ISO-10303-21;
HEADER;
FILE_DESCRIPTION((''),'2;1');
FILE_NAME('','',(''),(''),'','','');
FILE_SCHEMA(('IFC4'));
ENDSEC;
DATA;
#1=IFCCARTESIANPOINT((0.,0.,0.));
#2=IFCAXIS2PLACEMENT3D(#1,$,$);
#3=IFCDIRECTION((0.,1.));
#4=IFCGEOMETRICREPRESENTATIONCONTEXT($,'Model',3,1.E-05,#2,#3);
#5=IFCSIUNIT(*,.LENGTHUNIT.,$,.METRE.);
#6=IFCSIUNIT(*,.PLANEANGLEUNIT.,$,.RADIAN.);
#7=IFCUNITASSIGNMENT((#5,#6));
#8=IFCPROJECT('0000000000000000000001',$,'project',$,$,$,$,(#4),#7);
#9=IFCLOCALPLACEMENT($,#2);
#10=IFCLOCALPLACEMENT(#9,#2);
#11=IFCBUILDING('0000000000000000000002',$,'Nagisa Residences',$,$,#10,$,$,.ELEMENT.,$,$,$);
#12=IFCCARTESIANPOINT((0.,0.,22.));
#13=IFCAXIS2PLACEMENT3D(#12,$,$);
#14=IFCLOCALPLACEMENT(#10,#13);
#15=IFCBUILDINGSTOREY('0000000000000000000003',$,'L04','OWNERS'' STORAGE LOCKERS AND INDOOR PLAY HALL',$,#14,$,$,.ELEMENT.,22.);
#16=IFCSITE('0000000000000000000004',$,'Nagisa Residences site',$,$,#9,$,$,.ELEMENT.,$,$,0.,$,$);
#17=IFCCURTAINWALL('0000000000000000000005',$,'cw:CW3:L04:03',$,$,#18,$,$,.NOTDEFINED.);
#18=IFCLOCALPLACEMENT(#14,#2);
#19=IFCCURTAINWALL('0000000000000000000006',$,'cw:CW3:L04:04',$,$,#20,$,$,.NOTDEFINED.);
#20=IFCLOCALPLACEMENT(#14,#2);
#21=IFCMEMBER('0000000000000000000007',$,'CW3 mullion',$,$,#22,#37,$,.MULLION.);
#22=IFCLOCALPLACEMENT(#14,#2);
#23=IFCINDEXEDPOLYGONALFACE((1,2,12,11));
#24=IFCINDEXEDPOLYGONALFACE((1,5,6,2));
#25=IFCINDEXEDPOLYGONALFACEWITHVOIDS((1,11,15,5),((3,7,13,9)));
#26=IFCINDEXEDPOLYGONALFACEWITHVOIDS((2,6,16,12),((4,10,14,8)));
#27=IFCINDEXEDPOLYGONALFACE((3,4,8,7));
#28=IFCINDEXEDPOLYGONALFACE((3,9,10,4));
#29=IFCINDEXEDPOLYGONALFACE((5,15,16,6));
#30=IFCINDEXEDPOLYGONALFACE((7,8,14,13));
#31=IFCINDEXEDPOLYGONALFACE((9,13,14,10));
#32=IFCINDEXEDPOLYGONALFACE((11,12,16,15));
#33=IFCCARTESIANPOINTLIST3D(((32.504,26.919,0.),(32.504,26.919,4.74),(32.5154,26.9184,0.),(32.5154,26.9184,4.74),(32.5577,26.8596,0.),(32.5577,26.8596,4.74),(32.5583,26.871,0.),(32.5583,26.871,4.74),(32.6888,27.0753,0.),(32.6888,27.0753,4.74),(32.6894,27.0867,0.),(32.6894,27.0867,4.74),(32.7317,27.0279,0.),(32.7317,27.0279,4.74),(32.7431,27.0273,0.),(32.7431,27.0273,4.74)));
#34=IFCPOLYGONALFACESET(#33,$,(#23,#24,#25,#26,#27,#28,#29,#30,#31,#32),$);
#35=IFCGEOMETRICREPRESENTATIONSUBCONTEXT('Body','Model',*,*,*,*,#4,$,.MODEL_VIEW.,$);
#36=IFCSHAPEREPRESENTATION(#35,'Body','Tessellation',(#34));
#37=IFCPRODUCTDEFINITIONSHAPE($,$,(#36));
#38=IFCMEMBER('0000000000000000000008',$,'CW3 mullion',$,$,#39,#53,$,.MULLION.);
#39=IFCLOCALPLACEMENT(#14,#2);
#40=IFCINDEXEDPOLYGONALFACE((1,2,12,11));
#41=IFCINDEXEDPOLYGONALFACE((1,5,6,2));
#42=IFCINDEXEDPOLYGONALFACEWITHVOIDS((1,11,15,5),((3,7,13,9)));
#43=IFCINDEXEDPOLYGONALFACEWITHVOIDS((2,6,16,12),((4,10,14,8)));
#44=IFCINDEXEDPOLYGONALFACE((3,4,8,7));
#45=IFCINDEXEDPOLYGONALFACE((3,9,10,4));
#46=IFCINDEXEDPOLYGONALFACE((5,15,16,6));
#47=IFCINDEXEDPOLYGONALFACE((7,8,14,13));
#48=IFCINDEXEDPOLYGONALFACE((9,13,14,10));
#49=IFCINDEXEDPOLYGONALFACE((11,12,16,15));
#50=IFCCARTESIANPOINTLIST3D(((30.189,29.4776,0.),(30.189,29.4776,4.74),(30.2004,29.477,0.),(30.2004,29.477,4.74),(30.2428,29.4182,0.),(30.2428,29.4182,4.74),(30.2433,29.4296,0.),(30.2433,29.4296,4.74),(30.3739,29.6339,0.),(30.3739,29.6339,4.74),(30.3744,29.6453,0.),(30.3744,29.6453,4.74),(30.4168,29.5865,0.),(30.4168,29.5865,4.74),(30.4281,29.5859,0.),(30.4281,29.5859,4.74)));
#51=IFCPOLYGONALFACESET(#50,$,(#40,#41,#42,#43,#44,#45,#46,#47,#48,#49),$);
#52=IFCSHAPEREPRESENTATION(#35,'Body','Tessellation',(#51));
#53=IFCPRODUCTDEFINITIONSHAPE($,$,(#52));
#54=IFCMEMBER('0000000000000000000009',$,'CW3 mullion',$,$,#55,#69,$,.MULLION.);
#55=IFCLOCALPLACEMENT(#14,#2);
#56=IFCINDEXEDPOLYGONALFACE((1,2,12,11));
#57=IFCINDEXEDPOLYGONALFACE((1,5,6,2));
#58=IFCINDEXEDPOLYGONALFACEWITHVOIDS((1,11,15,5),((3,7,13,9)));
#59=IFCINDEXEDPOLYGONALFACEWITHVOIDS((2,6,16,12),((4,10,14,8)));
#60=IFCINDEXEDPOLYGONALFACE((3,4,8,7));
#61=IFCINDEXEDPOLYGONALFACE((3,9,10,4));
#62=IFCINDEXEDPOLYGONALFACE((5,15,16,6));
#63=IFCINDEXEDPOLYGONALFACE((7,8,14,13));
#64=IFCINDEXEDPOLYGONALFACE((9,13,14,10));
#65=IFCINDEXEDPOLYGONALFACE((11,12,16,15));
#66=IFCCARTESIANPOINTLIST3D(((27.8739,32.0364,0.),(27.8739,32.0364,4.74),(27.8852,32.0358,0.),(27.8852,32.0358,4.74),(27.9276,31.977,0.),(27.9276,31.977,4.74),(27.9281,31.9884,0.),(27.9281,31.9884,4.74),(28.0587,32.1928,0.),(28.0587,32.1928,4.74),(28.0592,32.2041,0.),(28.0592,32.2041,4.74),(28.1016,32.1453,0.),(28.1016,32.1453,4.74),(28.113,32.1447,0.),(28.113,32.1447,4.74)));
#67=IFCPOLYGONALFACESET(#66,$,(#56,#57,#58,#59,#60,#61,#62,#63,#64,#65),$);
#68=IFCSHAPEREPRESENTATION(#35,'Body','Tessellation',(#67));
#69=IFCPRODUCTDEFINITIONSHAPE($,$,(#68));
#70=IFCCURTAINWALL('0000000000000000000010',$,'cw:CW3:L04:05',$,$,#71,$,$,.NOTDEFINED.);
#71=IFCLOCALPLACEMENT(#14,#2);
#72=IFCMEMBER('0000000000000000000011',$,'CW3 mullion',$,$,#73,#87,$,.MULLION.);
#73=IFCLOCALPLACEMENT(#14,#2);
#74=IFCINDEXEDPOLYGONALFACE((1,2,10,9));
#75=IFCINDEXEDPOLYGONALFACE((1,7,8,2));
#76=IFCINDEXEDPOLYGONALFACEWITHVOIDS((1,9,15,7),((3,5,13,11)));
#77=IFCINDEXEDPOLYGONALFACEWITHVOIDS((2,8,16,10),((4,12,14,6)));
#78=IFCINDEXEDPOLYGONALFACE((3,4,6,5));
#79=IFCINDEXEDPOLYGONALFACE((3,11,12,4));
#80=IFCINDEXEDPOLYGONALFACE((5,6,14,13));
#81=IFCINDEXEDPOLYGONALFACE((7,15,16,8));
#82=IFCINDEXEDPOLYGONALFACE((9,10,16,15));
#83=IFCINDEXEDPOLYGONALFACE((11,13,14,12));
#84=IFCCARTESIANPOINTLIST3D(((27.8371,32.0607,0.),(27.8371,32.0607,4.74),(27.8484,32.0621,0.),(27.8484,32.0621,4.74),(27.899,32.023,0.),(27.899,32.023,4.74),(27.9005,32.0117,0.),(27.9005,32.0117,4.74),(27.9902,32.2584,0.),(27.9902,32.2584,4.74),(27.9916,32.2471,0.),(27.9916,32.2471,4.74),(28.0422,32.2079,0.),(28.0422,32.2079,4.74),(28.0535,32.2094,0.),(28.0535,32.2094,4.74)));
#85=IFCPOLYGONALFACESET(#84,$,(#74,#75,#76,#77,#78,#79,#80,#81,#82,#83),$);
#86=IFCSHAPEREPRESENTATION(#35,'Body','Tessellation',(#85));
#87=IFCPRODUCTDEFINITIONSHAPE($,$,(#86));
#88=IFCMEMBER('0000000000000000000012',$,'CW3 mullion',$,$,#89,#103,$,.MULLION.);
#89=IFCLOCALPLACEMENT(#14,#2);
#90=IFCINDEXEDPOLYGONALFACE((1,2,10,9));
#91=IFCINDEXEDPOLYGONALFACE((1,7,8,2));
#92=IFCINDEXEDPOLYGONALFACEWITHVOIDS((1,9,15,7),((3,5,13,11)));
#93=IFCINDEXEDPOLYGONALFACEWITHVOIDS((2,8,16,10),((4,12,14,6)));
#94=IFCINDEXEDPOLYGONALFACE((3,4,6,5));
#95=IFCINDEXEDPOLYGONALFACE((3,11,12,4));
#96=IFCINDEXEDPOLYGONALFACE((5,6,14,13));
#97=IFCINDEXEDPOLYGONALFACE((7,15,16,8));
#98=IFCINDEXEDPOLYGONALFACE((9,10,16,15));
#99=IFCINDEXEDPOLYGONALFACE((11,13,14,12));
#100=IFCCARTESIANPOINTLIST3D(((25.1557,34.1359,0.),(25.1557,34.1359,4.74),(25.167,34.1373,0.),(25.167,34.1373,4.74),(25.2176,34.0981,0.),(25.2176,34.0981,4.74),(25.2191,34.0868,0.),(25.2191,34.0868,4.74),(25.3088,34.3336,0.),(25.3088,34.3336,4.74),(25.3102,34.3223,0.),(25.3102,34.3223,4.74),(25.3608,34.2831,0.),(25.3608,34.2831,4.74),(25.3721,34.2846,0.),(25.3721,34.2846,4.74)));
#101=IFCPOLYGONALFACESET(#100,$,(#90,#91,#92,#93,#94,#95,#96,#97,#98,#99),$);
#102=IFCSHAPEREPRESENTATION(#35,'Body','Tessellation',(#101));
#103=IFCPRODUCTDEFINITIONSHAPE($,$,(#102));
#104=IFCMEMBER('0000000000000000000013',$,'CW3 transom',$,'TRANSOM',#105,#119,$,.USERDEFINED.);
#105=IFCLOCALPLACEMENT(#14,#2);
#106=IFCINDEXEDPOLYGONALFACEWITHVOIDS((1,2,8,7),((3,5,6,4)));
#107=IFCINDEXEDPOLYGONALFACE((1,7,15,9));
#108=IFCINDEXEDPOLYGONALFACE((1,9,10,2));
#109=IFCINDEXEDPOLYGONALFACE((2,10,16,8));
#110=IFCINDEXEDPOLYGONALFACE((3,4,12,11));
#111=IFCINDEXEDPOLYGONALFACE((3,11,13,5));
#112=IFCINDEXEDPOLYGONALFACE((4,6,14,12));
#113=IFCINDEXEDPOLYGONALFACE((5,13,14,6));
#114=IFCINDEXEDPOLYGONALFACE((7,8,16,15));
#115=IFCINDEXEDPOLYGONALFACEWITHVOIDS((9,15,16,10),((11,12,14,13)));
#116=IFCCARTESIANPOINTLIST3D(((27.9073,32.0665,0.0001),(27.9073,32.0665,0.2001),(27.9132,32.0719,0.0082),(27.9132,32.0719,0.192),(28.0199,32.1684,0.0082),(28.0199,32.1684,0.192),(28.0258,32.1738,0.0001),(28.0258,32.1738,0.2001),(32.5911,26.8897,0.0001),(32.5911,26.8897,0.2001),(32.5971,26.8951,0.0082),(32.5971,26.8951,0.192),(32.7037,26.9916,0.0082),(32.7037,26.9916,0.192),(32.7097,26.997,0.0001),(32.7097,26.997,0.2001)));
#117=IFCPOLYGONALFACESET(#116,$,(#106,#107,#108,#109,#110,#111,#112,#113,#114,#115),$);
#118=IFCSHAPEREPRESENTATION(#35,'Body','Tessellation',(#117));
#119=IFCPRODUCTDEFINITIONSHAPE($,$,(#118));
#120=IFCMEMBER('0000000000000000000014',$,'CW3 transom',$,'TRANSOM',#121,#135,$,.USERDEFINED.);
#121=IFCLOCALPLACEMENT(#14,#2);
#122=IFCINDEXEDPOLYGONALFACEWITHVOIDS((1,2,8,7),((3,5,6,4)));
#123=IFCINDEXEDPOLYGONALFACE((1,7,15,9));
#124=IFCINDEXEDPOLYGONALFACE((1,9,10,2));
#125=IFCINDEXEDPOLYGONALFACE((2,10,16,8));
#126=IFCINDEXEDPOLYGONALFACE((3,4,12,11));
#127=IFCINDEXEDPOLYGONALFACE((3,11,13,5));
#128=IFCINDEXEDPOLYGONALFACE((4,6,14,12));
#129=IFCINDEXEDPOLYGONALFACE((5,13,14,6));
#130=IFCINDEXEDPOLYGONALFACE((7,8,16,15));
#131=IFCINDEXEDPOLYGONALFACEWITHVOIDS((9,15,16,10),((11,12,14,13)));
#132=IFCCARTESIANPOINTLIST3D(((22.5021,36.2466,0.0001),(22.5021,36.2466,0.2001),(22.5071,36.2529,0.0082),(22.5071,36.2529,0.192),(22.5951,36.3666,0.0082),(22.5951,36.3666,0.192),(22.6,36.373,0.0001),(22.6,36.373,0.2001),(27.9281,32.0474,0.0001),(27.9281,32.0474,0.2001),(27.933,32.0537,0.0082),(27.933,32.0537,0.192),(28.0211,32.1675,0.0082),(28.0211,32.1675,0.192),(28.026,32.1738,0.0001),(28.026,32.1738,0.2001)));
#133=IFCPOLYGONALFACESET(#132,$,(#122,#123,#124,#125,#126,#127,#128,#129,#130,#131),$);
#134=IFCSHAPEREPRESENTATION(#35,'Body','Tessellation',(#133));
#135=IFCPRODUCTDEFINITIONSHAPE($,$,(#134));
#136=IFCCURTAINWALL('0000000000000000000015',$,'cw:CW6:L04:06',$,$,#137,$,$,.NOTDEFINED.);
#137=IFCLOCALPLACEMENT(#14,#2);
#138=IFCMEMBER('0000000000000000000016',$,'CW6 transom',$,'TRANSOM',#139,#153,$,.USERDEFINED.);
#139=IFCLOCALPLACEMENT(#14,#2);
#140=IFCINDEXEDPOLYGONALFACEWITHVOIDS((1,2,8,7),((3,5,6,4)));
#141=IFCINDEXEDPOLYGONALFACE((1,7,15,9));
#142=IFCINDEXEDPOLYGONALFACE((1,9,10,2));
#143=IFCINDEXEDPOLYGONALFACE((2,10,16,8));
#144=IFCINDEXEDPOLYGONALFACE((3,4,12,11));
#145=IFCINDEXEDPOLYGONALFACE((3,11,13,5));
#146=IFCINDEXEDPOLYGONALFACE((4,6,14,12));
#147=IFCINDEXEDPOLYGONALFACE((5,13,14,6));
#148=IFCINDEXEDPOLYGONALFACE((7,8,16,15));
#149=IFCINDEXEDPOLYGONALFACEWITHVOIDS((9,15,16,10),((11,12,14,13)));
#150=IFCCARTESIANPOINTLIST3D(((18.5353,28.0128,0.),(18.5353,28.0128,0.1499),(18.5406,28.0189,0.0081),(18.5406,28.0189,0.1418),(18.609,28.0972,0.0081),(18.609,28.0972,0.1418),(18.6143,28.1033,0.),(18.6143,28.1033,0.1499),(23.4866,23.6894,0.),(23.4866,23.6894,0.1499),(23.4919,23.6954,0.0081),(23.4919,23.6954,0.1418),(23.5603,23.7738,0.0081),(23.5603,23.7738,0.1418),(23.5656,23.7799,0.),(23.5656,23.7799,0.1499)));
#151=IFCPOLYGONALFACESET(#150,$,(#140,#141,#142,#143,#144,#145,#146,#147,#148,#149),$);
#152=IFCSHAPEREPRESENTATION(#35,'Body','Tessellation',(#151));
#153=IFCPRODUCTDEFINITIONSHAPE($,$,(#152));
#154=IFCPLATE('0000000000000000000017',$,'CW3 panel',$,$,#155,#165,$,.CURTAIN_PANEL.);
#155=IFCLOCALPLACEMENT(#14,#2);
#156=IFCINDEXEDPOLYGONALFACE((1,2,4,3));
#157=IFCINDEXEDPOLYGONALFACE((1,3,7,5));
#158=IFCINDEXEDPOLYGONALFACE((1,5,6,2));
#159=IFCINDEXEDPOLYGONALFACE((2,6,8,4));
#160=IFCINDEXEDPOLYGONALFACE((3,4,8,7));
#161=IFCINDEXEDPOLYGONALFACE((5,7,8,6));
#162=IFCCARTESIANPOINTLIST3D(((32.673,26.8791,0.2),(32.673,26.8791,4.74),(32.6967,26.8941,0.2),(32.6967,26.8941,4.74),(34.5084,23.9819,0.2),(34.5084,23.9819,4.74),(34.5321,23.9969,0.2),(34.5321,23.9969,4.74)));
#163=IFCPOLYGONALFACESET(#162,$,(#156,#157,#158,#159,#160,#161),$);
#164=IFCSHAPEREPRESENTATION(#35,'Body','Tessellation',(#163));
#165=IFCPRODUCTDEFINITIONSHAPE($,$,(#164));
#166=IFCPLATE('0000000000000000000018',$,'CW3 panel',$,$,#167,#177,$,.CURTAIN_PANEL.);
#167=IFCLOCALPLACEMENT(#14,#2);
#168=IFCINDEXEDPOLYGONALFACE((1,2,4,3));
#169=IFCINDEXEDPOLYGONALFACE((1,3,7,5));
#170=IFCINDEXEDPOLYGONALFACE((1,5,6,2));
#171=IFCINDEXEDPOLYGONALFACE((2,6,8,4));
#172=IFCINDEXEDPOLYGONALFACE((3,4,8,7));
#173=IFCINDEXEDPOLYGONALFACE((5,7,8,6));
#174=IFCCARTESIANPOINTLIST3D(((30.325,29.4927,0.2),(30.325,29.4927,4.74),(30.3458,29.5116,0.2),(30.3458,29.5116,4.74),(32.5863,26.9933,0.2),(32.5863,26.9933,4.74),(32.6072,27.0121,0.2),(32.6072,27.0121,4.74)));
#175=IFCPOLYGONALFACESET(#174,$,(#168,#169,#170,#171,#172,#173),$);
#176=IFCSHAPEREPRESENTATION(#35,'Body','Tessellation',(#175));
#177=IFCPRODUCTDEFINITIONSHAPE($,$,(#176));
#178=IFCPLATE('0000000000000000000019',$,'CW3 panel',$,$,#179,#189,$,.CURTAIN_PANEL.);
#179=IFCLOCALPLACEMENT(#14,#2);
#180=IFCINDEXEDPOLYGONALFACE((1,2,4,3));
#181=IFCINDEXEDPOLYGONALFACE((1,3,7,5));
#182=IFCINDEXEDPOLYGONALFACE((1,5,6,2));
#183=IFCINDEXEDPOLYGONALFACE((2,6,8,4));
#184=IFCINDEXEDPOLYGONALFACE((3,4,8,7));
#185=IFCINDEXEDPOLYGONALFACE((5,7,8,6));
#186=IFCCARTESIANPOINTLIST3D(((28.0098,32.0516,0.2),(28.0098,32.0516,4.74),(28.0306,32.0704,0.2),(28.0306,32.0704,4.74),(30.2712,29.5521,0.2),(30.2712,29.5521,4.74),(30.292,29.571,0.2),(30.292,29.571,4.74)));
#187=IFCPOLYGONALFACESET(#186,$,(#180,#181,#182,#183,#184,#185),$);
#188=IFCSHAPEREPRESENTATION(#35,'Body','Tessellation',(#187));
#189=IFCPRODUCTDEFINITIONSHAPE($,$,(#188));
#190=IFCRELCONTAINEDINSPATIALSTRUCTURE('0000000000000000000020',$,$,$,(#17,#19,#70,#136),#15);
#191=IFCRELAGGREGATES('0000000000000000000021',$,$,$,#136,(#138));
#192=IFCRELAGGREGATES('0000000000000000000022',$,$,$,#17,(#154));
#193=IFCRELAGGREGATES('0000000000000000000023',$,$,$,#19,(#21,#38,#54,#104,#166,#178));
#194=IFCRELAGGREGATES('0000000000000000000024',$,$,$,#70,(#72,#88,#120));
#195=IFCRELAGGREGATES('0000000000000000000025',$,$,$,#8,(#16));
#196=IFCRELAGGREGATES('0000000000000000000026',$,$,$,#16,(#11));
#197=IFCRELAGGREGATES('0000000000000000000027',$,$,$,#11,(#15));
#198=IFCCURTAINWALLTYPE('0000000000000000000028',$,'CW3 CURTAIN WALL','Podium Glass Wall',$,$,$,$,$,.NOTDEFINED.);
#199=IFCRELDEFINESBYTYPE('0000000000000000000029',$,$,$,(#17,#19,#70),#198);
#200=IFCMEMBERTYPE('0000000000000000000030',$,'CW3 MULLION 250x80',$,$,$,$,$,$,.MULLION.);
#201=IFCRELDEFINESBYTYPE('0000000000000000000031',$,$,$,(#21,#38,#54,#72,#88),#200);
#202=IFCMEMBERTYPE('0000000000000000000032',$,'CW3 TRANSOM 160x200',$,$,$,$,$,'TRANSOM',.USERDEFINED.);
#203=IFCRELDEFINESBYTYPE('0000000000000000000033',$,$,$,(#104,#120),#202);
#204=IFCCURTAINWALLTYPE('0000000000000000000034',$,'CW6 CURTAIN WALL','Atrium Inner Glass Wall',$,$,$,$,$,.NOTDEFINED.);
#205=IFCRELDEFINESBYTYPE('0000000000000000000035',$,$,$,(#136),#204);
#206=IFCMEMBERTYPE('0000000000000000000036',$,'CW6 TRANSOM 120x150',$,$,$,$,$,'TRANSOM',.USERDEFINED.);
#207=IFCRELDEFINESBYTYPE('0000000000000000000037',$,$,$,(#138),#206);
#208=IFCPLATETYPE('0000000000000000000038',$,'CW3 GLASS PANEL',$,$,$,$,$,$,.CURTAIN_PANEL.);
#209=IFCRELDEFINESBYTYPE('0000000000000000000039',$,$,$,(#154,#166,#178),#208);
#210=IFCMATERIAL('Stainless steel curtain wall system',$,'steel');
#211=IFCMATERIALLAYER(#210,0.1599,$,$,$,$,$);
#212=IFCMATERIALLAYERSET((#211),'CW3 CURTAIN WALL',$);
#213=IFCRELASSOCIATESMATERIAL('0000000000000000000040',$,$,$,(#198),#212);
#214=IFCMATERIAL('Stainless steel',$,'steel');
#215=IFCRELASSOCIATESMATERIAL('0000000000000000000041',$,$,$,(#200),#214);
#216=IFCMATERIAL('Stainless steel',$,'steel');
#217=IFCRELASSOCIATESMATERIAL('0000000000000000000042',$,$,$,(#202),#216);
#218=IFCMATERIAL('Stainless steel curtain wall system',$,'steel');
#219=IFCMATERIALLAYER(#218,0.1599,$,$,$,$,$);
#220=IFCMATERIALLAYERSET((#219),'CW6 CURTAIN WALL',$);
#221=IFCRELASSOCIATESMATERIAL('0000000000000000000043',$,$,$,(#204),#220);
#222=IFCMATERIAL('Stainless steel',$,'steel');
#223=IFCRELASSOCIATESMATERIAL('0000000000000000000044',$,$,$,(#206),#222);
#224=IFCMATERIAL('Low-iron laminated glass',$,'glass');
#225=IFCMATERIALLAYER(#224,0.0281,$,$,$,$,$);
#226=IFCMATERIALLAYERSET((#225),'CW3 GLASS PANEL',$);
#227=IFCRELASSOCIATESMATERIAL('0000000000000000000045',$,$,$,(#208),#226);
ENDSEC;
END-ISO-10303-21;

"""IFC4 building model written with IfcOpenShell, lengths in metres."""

from ifc_helpers import new_model, si_unit, direction, frame, origin, origin_2d, place, context, subcontext, project, spatial, rectangle, hollow_rectangle, extrude, material, layer, layer_set, material_profile, profile_set, type_object, element, aggregate, save


model = new_model("IFC4")

# Units and contexts
model_context = context("Model", 3, precision=1e-05, world=origin(), true_north=direction((0.0, 1.0)))
body_context = subcontext(model_context, "Body", "Model", "MODEL_VIEW")
ifc_project = project(units=[si_unit("LENGTHUNIT", "METRE"), si_unit("PLANEANGLEUNIT", "RADIAN")], contexts=[model_context])

# Site, building, storey
site_placement = place(None, origin())
site = spatial("IfcSite", under=ifc_project, at=site_placement, Name="Nagisa Residences site", CompositionType="ELEMENT", RefElevation=0.0)
building_placement = place(site_placement, origin())
building = spatial("IfcBuilding", under=site, at=building_placement, Name="Nagisa Residences", CompositionType="ELEMENT")
storey_placement = place(building_placement, frame((0.0, 0.0, 22.0)))
storey = spatial("IfcBuildingStorey", under=building, at=storey_placement, Name="L04", Description="OWNERS' STORAGE LOCKERS AND INDOOR PLAY HALL", CompositionType="ELEMENT", Elevation=22.0)

# Curtain walls, members
ifc_material_1 = material(Name="Stainless steel curtain wall system", Category="steel")
ifc_layer_1 = layer(ifc_material_1, 0.1599)
ifc_layer_set_1 = layer_set([ifc_layer_1], Name="CW3 CURTAIN WALL")
curtain_wall_type_1 = type_object("IfcCurtainWallType", Name="CW3 CURTAIN WALL", Description="Podium Glass Wall", PredefinedType="NOTDEFINED", material=ifc_layer_set_1)
curtain_wall_1_placement = place(storey_placement, origin())
curtain_wall_1 = element("IfcCurtainWall", 1, at=curtain_wall_1_placement, inside=storey, type_object=curtain_wall_type_1, Name="cw:CW3:L04:03", PredefinedType="NOTDEFINED")
ifc_material_2 = material(Name="Stainless steel", Category="steel")
ifc_material_profile_1 = material_profile(ifc_material_2, hollow_rectangle(XDim=0.25, YDim=0.0801, WallThickness=0.0081, at=origin_2d()), Name="CW3 MULLION 250x80")
ifc_profile_set_1 = profile_set([ifc_material_profile_1], Name="Stainless steel")
member_type_1 = type_object("IfcMemberType", Name="CW3 MULLION 250x80", PredefinedType="MULLION", material=ifc_profile_set_1)
curtain_wall_2_placement = place(storey_placement, origin())
curtain_wall_2 = element("IfcCurtainWall", 2, at=curtain_wall_2_placement, inside=storey, type_object=curtain_wall_type_1, Name="cw:CW3:L04:04", PredefinedType="NOTDEFINED")
member_1_placement = place(storey_placement, frame((32.6235, 26.9731, 0.0), z_axis=(0.0, 0.0, 1.0), x_axis=(-0.741536, -0.670913, 0.0)))
member_1 = element("IfcMember", 3, at=member_1_placement, type_object=member_type_1, Name="CW3 mullion", PredefinedType="MULLION", context=body_context, shape_type="SweptSolid", body=[
    extrude(hollow_rectangle(XDim=0.25, YDim=0.0801, WallThickness=0.0081, at=origin_2d()), origin(), (0.0, 0.0, 1.0), 4.74),
])
member_2_placement = place(storey_placement, frame((30.3086, 29.5317, 0.0), z_axis=(0.0, 0.0, 1.0), x_axis=(-0.741536, -0.670913, 0.0)))
member_2 = element("IfcMember", 4, at=member_2_placement, type_object=member_type_1, Name="CW3 mullion", PredefinedType="MULLION", context=body_context, shape_type="SweptSolid", body=[
    extrude(hollow_rectangle(XDim=0.25, YDim=0.0801, WallThickness=0.0081, at=origin_2d()), origin(), (0.0, 0.0, 1.0), 4.74),
])
member_3_placement = place(storey_placement, frame((27.9934, 32.0906, 0.0), z_axis=(0.0, 0.0, 1.0), x_axis=(-0.741536, -0.670913, 0.0)))
member_3 = element("IfcMember", 5, at=member_3_placement, type_object=member_type_1, Name="CW3 mullion", PredefinedType="MULLION", context=body_context, shape_type="SweptSolid", body=[
    extrude(hollow_rectangle(XDim=0.25, YDim=0.0801, WallThickness=0.0081, at=origin_2d()), origin(), (0.0, 0.0, 1.0), 4.74),
])
curtain_wall_3_placement = place(storey_placement, origin())
curtain_wall_3 = element("IfcCurtainWall", 6, at=curtain_wall_3_placement, inside=storey, type_object=curtain_wall_type_1, Name="cw:CW3:L04:05", PredefinedType="NOTDEFINED")
member_4_placement = place(storey_placement, frame((27.9453, 32.135, 0.0), z_axis=(0.0, 0.0, 1.0), x_axis=(-0.612035, -0.790831, 0.0)))
member_4 = element("IfcMember", 7, at=member_4_placement, type_object=member_type_1, Name="CW3 mullion", PredefinedType="MULLION", context=body_context, shape_type="SweptSolid", body=[
    extrude(hollow_rectangle(XDim=0.25, YDim=0.0801, WallThickness=0.0081, at=origin_2d()), origin(), (0.0, 0.0, 1.0), 4.74),
])
member_5_placement = place(storey_placement, frame((25.2639, 34.2102, 0.0), z_axis=(0.0, 0.0, 1.0), x_axis=(-0.612035, -0.790831, 0.0)))
member_5 = element("IfcMember", 8, at=member_5_placement, type_object=member_type_1, Name="CW3 mullion", PredefinedType="MULLION", context=body_context, shape_type="SweptSolid", body=[
    extrude(hollow_rectangle(XDim=0.25, YDim=0.0801, WallThickness=0.0081, at=origin_2d()), origin(), (0.0, 0.0, 1.0), 4.74),
])

# Members
ifc_material_3 = material(Name="Stainless steel", Category="steel")
ifc_material_profile_2 = material_profile(ifc_material_3, hollow_rectangle(XDim=0.1599, YDim=0.2, WallThickness=0.0081, at=origin_2d()), Name="CW3 TRANSOM 160x200")
ifc_profile_set_2 = profile_set([ifc_material_profile_2], Name="Stainless steel")
member_type_2 = type_object("IfcMemberType", Name="CW3 TRANSOM 160x200", ElementType="TRANSOM", PredefinedType="USERDEFINED", material=ifc_profile_set_2)
member_6_placement = place(storey_placement, frame((32.6504, 26.9434, 0.1001), z_axis=(-0.670922, 0.741528, 0.0), x_axis=(-0.741528, -0.670922, 0.0)))
member_6 = element("IfcMember", 9, at=member_6_placement, type_object=member_type_2, Name="CW3 transom", ObjectType="TRANSOM", PredefinedType="USERDEFINED", context=body_context, shape_type="SweptSolid", body=[
    extrude(hollow_rectangle(XDim=0.1599, YDim=0.2, WallThickness=0.0081, at=origin_2d()), origin(), (0.0, 0.0, 1.0), 6.9812),
])
member_7_placement = place(storey_placement, frame((27.9771, 32.1106, 0.1001), z_axis=(-0.790835, 0.61203, 0.0), x_axis=(-0.61203, -0.790835, 0.0)))
member_7 = element("IfcMember", 10, at=member_7_placement, type_object=member_type_2, Name="CW3 transom", ObjectType="TRANSOM", PredefinedType="USERDEFINED", context=body_context, shape_type="SweptSolid", body=[
    extrude(hollow_rectangle(XDim=0.1599, YDim=0.2, WallThickness=0.0081, at=origin_2d()), origin(), (0.0, 0.0, 1.0), 6.8611),
])

# Curtain wall, member
ifc_material_4 = material(Name="Stainless steel curtain wall system", Category="steel")
ifc_layer_2 = layer(ifc_material_4, 0.1599)
ifc_layer_set_2 = layer_set([ifc_layer_2], Name="CW6 CURTAIN WALL")
curtain_wall_type_2 = type_object("IfcCurtainWallType", Name="CW6 CURTAIN WALL", Description="Atrium Inner Glass Wall", PredefinedType="NOTDEFINED", material=ifc_layer_set_2)
curtain_wall_4_placement = place(storey_placement, origin())
curtain_wall_4 = element("IfcCurtainWall", 11, at=curtain_wall_4_placement, inside=storey, type_object=curtain_wall_type_2, Name="cw:CW6:L04:06", PredefinedType="NOTDEFINED")
ifc_material_5 = material(Name="Stainless steel", Category="steel")
ifc_material_profile_3 = material_profile(ifc_material_5, hollow_rectangle(XDim=0.1201, YDim=0.1499, WallThickness=0.0081, at=origin_2d()), Name="CW6 TRANSOM 120x150")
ifc_profile_set_3 = profile_set([ifc_material_profile_3], Name="Stainless steel")
member_type_3 = type_object("IfcMemberType", Name="CW6 TRANSOM 120x150", ElementType="TRANSOM", PredefinedType="USERDEFINED", material=ifc_profile_set_3)
member_8_placement = place(storey_placement, frame((23.5261, 23.7346, 0.075), z_axis=(-0.753255, 0.657729, 0.0), x_axis=(-0.657729, -0.753255, 0.0)))
member_8 = element("IfcMember", 12, at=member_8_placement, type_object=member_type_3, Name="CW6 transom", ObjectType="TRANSOM", PredefinedType="USERDEFINED", context=body_context, shape_type="SweptSolid", body=[
    extrude(hollow_rectangle(XDim=0.1201, YDim=0.1499, WallThickness=0.0081, at=origin_2d()), origin(), (0.0, 0.0, 1.0), 6.5732),
])
aggregate(curtain_wall_4, [member_8])

# Plates
ifc_material_6 = material(Name="Low-iron laminated glass", Category="glass")
ifc_layer_3 = layer(ifc_material_6, 0.0281)
ifc_layer_set_3 = layer_set([ifc_layer_3], Name="CW3 GLASS PANEL")
plate_type = type_object("IfcPlateType", Name="CW3 GLASS PANEL", PredefinedType="CURTAIN_PANEL", material=ifc_layer_set_3)
plate_1_placement = place(storey_placement, frame((33.6025, 25.438, 0.2), z_axis=(0.0, 0.0, 1.0), x_axis=(-0.535165, 0.844747, 0.0)))
plate_1 = element("IfcPlate", 13, at=plate_1_placement, type_object=plate_type, Name="CW3 panel", PredefinedType="CURTAIN_PANEL", context=body_context, shape_type="SweptSolid", body=[
    extrude(rectangle(XDim=3.4297, YDim=0.0281, at=origin_2d()), origin(), (0.0, 0.0, 1.0), 4.54),
])
aggregate(curtain_wall_1, [plate_1])
plate_2_placement = place(storey_placement, frame((31.4661, 28.2524, 0.2), z_axis=(0.0, 0.0, 1.0), x_axis=(-0.670913, 0.741536, 0.0)))
plate_2 = element("IfcPlate", 14, at=plate_2_placement, type_object=plate_type, Name="CW3 panel", PredefinedType="CURTAIN_PANEL", context=body_context, shape_type="SweptSolid", body=[
    extrude(rectangle(XDim=3.3706, YDim=0.0281, at=origin_2d()), origin(), (0.0, 0.0, 1.0), 4.54),
])
plate_3_placement = place(storey_placement, frame((29.1509, 30.8113, 0.2), z_axis=(0.0, 0.0, 1.0), x_axis=(-0.670913, 0.741536, 0.0)))
plate_3 = element("IfcPlate", 15, at=plate_3_placement, type_object=plate_type, Name="CW3 panel", PredefinedType="CURTAIN_PANEL", context=body_context, shape_type="SweptSolid", body=[
    extrude(rectangle(XDim=3.3706, YDim=0.0281, at=origin_2d()), origin(), (0.0, 0.0, 1.0), 4.54),
])
aggregate(curtain_wall_2, [member_1, member_2, member_3, member_6, plate_2, plate_3])
aggregate(curtain_wall_3, [member_4, member_5, member_7])

save(model, "model.ifc")
